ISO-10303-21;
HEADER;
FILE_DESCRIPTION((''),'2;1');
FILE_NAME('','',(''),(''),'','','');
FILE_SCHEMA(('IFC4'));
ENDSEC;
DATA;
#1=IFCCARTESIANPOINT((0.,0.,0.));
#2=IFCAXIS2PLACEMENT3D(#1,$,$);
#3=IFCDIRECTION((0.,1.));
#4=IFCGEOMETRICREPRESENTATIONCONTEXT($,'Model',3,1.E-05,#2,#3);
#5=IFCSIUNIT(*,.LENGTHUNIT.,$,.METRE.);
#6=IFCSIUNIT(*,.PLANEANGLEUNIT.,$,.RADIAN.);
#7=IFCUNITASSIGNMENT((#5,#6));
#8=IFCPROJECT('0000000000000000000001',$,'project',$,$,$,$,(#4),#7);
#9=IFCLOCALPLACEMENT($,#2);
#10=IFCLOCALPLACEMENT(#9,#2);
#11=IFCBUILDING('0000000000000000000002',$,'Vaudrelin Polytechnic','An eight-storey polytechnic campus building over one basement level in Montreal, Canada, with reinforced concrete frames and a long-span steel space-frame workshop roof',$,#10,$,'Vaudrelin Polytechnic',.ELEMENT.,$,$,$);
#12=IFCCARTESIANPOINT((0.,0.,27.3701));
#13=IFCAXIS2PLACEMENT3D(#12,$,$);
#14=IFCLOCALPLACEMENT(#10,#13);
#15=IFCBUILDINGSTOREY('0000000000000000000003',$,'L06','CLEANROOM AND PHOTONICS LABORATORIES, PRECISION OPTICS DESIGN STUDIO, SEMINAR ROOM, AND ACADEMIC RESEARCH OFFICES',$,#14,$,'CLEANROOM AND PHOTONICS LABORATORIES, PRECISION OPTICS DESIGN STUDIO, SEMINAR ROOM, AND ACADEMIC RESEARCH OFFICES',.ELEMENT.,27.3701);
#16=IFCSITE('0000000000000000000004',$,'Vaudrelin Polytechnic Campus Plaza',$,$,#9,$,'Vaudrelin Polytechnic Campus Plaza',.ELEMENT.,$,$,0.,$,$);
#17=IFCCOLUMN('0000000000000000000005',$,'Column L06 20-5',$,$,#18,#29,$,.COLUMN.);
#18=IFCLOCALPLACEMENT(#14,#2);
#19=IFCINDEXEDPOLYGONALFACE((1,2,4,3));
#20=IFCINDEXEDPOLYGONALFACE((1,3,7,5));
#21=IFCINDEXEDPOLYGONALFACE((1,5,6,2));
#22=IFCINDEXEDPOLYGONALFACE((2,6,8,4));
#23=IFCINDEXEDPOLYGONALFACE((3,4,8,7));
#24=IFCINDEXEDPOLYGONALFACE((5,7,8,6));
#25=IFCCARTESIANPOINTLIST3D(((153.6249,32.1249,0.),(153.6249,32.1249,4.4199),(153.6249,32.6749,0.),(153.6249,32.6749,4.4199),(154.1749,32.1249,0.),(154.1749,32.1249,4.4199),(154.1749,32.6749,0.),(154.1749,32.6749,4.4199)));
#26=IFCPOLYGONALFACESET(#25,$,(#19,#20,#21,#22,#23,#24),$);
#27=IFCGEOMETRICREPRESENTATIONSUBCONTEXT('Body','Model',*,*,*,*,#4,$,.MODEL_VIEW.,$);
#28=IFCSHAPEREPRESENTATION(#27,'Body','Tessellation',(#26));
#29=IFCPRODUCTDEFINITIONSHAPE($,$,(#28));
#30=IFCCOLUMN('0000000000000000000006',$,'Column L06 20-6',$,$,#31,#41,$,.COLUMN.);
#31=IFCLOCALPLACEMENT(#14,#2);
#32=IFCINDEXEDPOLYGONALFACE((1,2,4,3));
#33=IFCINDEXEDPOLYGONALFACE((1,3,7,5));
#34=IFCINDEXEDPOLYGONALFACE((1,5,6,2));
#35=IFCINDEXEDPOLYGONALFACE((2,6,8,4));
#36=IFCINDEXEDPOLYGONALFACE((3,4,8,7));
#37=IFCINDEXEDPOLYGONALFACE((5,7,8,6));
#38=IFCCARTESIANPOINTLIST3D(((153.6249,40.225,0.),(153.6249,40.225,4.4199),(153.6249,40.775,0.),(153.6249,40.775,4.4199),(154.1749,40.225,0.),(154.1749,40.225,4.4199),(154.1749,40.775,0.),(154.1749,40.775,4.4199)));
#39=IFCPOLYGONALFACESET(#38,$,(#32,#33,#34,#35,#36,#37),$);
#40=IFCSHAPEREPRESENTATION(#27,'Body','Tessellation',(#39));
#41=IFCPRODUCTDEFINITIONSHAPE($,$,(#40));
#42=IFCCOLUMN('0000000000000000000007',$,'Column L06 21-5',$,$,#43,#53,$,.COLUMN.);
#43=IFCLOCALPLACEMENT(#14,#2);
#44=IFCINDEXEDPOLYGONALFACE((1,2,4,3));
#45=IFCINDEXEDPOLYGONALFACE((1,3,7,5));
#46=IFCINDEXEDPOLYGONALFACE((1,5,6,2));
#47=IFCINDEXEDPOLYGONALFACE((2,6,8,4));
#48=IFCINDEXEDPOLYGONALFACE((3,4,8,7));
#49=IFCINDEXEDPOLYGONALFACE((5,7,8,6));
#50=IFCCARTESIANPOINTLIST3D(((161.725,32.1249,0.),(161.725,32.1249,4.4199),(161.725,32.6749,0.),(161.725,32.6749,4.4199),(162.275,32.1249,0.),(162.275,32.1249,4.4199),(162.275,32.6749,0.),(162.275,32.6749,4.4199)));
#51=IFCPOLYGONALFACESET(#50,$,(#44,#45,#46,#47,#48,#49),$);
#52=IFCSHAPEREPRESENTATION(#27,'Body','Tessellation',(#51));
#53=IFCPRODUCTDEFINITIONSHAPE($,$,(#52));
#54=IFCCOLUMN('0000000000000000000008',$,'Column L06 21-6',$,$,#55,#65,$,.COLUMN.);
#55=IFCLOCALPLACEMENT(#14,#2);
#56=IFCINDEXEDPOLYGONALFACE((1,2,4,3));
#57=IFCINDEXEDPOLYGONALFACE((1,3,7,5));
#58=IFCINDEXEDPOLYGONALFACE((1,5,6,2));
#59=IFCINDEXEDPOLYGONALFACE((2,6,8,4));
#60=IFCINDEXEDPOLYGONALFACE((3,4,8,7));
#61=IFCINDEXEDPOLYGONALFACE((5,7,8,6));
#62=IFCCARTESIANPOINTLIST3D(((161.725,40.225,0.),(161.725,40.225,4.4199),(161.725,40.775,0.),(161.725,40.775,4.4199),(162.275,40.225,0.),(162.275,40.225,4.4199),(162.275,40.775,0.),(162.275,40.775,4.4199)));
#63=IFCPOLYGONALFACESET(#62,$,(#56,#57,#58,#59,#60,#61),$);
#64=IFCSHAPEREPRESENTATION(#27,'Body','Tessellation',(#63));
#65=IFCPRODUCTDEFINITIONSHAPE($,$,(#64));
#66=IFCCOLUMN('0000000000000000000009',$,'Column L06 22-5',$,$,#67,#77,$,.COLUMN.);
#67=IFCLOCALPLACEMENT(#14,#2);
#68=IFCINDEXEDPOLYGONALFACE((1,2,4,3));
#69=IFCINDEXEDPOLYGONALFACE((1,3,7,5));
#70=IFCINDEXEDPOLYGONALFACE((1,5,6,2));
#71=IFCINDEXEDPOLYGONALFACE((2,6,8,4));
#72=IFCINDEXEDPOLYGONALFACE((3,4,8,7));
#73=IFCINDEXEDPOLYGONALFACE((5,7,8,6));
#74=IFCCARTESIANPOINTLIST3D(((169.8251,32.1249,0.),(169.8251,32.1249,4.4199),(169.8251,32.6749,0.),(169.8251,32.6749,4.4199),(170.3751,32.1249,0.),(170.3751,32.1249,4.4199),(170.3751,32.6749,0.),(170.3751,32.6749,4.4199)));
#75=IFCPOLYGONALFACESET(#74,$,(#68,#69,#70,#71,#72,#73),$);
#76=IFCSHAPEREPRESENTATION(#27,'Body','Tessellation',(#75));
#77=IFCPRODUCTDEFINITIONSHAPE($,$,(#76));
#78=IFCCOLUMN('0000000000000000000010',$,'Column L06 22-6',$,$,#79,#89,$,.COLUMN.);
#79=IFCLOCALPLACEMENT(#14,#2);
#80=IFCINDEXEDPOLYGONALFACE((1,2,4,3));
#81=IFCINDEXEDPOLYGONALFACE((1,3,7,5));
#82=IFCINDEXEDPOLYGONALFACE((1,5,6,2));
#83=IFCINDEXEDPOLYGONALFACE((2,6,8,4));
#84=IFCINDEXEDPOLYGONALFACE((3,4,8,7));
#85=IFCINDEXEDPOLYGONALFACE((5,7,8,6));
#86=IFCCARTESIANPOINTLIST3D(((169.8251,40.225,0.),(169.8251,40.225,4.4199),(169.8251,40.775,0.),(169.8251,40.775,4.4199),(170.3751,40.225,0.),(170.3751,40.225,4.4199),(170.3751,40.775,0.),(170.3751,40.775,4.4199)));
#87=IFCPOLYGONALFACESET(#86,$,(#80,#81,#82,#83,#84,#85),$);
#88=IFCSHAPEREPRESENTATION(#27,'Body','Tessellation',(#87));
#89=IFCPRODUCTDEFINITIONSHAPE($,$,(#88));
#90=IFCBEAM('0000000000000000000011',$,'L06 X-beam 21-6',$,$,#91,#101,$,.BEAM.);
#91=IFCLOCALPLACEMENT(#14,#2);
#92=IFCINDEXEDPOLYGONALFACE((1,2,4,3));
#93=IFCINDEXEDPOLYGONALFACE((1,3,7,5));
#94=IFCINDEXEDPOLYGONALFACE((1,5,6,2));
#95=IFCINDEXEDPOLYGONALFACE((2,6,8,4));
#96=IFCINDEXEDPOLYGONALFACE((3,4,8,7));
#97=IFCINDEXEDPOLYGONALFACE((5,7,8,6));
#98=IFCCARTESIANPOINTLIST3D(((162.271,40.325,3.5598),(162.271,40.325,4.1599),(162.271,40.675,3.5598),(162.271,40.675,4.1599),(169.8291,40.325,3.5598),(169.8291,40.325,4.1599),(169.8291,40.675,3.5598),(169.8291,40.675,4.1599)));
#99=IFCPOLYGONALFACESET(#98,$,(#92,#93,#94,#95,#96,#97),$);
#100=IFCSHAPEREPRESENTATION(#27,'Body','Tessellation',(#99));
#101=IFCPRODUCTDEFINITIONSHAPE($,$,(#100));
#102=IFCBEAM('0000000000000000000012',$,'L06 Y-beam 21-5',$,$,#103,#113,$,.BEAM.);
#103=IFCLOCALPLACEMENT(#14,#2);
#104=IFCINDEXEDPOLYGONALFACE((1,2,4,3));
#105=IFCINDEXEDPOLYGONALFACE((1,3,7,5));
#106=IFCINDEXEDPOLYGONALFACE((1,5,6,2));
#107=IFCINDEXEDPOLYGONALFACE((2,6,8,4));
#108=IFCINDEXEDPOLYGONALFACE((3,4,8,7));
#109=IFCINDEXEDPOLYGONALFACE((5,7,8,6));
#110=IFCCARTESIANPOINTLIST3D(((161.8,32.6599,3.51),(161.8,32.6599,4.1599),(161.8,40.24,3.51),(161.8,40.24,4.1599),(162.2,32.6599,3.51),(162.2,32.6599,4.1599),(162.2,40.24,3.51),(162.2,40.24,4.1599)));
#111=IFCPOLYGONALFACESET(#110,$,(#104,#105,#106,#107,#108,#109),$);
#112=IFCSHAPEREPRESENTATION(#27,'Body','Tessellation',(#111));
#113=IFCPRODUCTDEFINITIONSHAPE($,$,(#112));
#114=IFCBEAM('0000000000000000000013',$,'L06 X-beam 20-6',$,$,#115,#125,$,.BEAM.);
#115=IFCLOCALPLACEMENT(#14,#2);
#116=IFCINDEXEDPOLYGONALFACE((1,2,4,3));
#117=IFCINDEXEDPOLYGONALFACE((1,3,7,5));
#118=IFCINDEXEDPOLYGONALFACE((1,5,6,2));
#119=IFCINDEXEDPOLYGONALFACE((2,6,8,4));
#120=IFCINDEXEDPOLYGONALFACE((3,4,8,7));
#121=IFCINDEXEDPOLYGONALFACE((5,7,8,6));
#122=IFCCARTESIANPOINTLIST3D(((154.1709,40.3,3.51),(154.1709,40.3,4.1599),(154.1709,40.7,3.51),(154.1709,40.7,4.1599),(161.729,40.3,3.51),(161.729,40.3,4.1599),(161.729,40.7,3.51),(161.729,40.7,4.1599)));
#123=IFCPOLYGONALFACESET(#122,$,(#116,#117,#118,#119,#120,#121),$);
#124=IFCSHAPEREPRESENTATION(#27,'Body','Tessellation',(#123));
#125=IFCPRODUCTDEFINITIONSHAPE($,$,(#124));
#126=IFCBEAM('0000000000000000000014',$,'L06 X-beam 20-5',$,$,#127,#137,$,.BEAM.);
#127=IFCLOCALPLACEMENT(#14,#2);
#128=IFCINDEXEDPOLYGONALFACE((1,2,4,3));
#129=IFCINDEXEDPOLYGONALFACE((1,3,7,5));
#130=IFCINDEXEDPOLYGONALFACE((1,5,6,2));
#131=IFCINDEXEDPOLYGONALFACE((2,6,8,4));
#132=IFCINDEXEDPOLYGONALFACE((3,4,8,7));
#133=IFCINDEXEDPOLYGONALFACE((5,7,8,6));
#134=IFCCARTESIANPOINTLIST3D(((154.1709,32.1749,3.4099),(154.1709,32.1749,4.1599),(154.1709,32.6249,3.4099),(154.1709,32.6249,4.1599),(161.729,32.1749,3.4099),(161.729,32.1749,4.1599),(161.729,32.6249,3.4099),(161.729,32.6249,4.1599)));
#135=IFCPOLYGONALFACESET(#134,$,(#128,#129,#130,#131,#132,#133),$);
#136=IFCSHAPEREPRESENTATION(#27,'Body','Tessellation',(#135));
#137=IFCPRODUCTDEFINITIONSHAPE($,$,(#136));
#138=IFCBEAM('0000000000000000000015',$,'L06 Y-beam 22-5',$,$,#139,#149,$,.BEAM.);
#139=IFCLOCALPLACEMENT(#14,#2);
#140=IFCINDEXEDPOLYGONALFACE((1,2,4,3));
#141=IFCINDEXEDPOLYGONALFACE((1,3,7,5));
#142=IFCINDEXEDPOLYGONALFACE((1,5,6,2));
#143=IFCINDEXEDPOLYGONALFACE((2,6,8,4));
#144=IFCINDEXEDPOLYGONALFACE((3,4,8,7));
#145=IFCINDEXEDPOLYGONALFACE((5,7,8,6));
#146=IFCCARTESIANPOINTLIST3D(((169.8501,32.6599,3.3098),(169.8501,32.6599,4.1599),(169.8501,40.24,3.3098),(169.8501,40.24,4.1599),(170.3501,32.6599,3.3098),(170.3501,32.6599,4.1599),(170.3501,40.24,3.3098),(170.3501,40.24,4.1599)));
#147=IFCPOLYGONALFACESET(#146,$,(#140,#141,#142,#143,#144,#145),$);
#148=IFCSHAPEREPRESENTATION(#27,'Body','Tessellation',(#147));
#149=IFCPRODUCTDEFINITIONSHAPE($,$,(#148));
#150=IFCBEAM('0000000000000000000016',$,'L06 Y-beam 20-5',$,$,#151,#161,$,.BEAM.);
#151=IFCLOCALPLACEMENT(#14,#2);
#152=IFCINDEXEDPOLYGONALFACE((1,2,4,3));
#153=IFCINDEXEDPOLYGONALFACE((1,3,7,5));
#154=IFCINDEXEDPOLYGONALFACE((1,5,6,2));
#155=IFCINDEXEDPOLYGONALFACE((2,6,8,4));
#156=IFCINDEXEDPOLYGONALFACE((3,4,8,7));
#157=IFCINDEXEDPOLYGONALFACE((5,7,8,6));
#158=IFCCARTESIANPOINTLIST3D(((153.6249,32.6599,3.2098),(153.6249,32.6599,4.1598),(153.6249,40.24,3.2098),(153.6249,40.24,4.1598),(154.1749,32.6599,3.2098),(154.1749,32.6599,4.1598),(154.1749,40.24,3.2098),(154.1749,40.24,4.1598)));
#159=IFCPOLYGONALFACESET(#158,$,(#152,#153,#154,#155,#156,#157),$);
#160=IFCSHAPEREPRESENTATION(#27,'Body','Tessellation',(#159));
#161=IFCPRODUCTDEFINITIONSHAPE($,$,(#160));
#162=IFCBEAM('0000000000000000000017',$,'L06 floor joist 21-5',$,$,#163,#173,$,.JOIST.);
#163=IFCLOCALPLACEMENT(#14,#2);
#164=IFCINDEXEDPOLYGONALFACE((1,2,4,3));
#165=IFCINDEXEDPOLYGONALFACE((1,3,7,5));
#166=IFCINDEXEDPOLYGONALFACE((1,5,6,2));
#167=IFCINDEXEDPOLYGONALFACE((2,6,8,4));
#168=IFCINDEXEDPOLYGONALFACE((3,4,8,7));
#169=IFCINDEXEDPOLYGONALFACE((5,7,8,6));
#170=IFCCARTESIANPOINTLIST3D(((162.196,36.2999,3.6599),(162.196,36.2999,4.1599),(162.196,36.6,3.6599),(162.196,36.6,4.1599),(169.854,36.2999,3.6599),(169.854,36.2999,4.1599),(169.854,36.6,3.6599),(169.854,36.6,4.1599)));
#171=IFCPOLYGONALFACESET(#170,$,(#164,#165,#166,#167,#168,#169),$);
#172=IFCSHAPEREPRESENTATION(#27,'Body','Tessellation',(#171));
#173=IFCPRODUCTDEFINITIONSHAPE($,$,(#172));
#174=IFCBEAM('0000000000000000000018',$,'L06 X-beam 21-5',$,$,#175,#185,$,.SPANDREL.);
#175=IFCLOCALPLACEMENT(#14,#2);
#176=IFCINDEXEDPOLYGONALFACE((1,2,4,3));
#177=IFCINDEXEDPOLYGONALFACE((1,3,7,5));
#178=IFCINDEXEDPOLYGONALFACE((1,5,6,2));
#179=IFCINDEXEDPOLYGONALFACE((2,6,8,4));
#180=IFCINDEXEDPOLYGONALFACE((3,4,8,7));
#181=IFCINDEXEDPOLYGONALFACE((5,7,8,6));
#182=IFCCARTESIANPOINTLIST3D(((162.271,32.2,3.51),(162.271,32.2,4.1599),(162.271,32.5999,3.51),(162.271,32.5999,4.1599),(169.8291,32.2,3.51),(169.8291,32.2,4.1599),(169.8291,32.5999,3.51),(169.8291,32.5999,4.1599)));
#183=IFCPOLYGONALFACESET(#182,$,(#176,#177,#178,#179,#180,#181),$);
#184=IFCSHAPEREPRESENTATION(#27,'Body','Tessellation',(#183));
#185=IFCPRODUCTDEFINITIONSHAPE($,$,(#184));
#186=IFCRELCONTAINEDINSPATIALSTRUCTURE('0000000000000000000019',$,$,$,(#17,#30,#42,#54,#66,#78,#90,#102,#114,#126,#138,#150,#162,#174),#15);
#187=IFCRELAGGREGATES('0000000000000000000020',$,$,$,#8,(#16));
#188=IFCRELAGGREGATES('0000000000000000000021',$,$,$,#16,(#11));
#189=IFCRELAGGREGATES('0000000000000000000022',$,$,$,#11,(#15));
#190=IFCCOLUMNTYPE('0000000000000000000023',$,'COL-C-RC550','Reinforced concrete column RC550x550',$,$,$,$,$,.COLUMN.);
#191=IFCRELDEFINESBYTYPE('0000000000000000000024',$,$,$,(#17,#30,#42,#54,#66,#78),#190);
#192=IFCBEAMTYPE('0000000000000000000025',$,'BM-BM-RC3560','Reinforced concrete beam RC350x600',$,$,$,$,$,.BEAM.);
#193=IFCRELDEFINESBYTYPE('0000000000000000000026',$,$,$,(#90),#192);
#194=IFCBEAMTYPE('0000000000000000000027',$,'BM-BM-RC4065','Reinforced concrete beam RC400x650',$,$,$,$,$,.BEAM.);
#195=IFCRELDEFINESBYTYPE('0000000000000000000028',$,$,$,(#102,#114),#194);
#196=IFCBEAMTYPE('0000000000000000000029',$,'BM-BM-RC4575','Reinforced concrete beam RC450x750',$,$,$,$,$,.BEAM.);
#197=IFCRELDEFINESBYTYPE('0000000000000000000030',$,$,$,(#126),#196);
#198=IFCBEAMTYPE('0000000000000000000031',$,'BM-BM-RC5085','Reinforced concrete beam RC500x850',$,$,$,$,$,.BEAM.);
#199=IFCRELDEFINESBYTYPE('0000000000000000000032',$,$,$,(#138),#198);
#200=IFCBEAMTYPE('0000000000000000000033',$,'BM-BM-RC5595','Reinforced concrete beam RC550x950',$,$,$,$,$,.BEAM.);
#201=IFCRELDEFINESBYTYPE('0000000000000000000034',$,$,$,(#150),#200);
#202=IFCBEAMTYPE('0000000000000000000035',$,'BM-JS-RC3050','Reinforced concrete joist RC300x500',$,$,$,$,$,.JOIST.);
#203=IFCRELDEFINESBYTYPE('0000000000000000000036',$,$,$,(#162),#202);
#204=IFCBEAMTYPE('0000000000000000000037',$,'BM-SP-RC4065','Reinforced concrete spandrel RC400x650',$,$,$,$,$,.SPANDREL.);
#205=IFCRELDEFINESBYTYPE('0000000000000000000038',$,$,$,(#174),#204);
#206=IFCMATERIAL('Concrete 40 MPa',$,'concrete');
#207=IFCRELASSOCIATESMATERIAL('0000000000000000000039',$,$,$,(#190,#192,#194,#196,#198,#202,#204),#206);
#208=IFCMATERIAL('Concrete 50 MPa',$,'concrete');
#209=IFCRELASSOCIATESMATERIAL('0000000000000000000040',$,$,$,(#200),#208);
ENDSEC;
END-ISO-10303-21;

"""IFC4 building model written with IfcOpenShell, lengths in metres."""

from ifc_helpers import new_model, si_unit, direction, frame, origin, origin_2d, place, context, subcontext, project, spatial, rectangle, extrude, material, material_profile, profile_set, type_object, element, save


model = new_model("IFC4")

# Units and contexts
model_context = context("Model", 3, precision=1e-05, world=origin(), true_north=direction((0.0, 1.0)))
body_context = subcontext(model_context, "Body", "Model", "MODEL_VIEW")
ifc_project = project(units=[si_unit("LENGTHUNIT", "METRE"), si_unit("PLANEANGLEUNIT", "RADIAN")], contexts=[model_context])

# Site, building, storey
site_placement = place(None, origin())
site = spatial("IfcSite", under=ifc_project, at=site_placement, Name="Vaudrelin Polytechnic Campus Plaza", LongName="Vaudrelin Polytechnic Campus Plaza", CompositionType="ELEMENT", RefElevation=0.0)
building_placement = place(site_placement, origin())
building = spatial("IfcBuilding", under=site, at=building_placement, Name="Vaudrelin Polytechnic", Description="An eight-storey polytechnic campus building over one basement level in Montreal, Canada, with reinforced concrete frames and a long-span steel space-frame workshop roof", LongName="Vaudrelin Polytechnic", CompositionType="ELEMENT")
storey_placement = place(building_placement, frame((0.0, 0.0, 27.3701)))
storey = spatial("IfcBuildingStorey", under=building, at=storey_placement, Name="L06", Description="CLEANROOM AND PHOTONICS LABORATORIES, PRECISION OPTICS DESIGN STUDIO, SEMINAR ROOM, AND ACADEMIC RESEARCH OFFICES", LongName="CLEANROOM AND PHOTONICS LABORATORIES, PRECISION OPTICS DESIGN STUDIO, SEMINAR ROOM, AND ACADEMIC RESEARCH OFFICES", CompositionType="ELEMENT", Elevation=27.3701)

# Columns
ifc_material_1 = material(Name="Concrete 40 MPa", Category="concrete")
ifc_material_profile_1 = material_profile(ifc_material_1, rectangle(XDim=0.55, YDim=0.55, at=origin_2d()), Name="RC550x550")
ifc_profile_set_1 = profile_set([ifc_material_profile_1], Name="Concrete 40 MPa")
column_type = type_object("IfcColumnType", Name="COL-C-RC550", Description="Reinforced concrete column RC550x550", PredefinedType="COLUMN", material=ifc_profile_set_1)
for number, where, z_axis, x_axis, name in (
    (1, (153.8999, 32.3999, 0.0), (0.0, 0.0, 1.0), (1.0, 0.0, 0.0), "Column L06 20-5"),
    (2, (153.8999, 40.5, 0.0), (0.0, 0.0, 1.0), (1.0, 0.0, 0.0), "Column L06 20-6"),
    (3, (162.0, 32.3999, 0.0), (0.0, 0.0, 1.0), (1.0, 0.0, 0.0), "Column L06 21-5"),
    (4, (162.0, 40.5, 0.0), (0.0, 0.0, 1.0), (1.0, 0.0, 0.0), "Column L06 21-6"),
    (5, (170.1001, 32.3999, 0.0), (0.0, 0.0, 1.0), (1.0, 0.0, 0.0), "Column L06 22-5"),
    (6, (170.1001, 40.5, 0.0), (0.0, 0.0, 1.0), (1.0, 0.0, 0.0), "Column L06 22-6"),
):
    element("IfcColumn", number, at=place(storey_placement, frame(where, z_axis=z_axis, x_axis=x_axis)), inside=storey, type_object=column_type, Name=name, PredefinedType="COLUMN", context=body_context, shape_type="SweptSolid", body=[
        extrude(rectangle(XDim=0.55, YDim=0.55, at=origin_2d()), origin(), (0.0, 0.0, 1.0), 4.4199),
    ])

# Beams
ifc_material_profile_2 = material_profile(ifc_material_1, rectangle(XDim=0.3501, YDim=0.6001, at=origin_2d()), Name="RC350x600")
ifc_profile_set_2 = profile_set([ifc_material_profile_2], Name="Concrete 40 MPa")
beam_type_1 = type_object("IfcBeamType", Name="BM-BM-RC3560", Description="Reinforced concrete beam RC350x600", PredefinedType="BEAM", material=ifc_profile_set_2)
beam_1_placement = place(storey_placement, frame((162.271, 40.5, 3.8599), z_axis=(1.0, 0.0, 0.0), x_axis=(0.0, 1.0, 0.0)))
element("IfcBeam", 7, at=beam_1_placement, inside=storey, type_object=beam_type_1, Name="L06 X-beam 21-6", PredefinedType="BEAM", context=body_context, shape_type="SweptSolid", body=[
    extrude(rectangle(XDim=0.3501, YDim=0.6001, at=origin_2d()), origin(), (0.0, 0.0, 1.0), 7.5581),
])
ifc_material_profile_3 = material_profile(ifc_material_1, rectangle(XDim=0.3999, YDim=0.6499, at=origin_2d()), Name="RC400x650")
ifc_profile_set_3 = profile_set([ifc_material_profile_3], Name="Concrete 40 MPa")
beam_type_2 = type_object("IfcBeamType", Name="BM-BM-RC4065", Description="Reinforced concrete beam RC400x650", PredefinedType="BEAM", material=ifc_profile_set_3)
beam_2_placement = place(storey_placement, frame((162.0, 32.6599, 3.835), z_axis=(0.0, 1.0, 0.0), x_axis=(-1.0, 0.0, 0.0)))
element("IfcBeam", 8, at=beam_2_placement, inside=storey, type_object=beam_type_2, Name="L06 Y-beam 21-5", PredefinedType="BEAM", context=body_context, shape_type="SweptSolid", body=[
    extrude(rectangle(XDim=0.3999, YDim=0.6499, at=origin_2d()), origin(), (0.0, 0.0, 1.0), 7.5801),
])
beam_3_placement = place(storey_placement, frame((154.1709, 40.5, 3.835), z_axis=(1.0, 0.0, 0.0), x_axis=(0.0, 1.0, 0.0)))
element("IfcBeam", 9, at=beam_3_placement, inside=storey, type_object=beam_type_2, Name="L06 X-beam 20-6", PredefinedType="BEAM", context=body_context, shape_type="SweptSolid", body=[
    extrude(rectangle(XDim=0.3999, YDim=0.6499, at=origin_2d()), origin(), (0.0, 0.0, 1.0), 7.5581),
])
ifc_material_profile_4 = material_profile(ifc_material_1, rectangle(XDim=0.45, YDim=0.75, at=origin_2d()), Name="RC450x750")
ifc_profile_set_4 = profile_set([ifc_material_profile_4], Name="Concrete 40 MPa")
beam_type_3 = type_object("IfcBeamType", Name="BM-BM-RC4575", Description="Reinforced concrete beam RC450x750", PredefinedType="BEAM", material=ifc_profile_set_4)
beam_4_placement = place(storey_placement, frame((154.1709, 32.3999, 3.7849), z_axis=(1.0, 0.0, 0.0), x_axis=(0.0, 1.0, 0.0)))
element("IfcBeam", 10, at=beam_4_placement, inside=storey, type_object=beam_type_3, Name="L06 X-beam 20-5", PredefinedType="BEAM", context=body_context, shape_type="SweptSolid", body=[
    extrude(rectangle(XDim=0.45, YDim=0.75, at=origin_2d()), origin(), (0.0, 0.0, 1.0), 7.5581),
])
ifc_material_profile_5 = material_profile(ifc_material_1, rectangle(XDim=0.5, YDim=0.8501, at=origin_2d()), Name="RC500x850")
ifc_profile_set_5 = profile_set([ifc_material_profile_5], Name="Concrete 40 MPa")
beam_type_4 = type_object("IfcBeamType", Name="BM-BM-RC5085", Description="Reinforced concrete beam RC500x850", PredefinedType="BEAM", material=ifc_profile_set_5)
beam_5_placement = place(storey_placement, frame((170.1001, 32.6599, 3.7349), z_axis=(0.0, 1.0, 0.0), x_axis=(-1.0, 0.0, 0.0)))
element("IfcBeam", 11, at=beam_5_placement, inside=storey, type_object=beam_type_4, Name="L06 Y-beam 22-5", PredefinedType="BEAM", context=body_context, shape_type="SweptSolid", body=[
    extrude(rectangle(XDim=0.5, YDim=0.8501, at=origin_2d()), origin(), (0.0, 0.0, 1.0), 7.5801),
])
ifc_material_2 = material(Name="Concrete 50 MPa", Category="concrete")
ifc_material_profile_6 = material_profile(ifc_material_2, rectangle(XDim=0.55, YDim=0.95, at=origin_2d()), Name="RC550x950")
ifc_profile_set_6 = profile_set([ifc_material_profile_6], Name="Concrete 50 MPa")
beam_type_5 = type_object("IfcBeamType", Name="BM-BM-RC5595", Description="Reinforced concrete beam RC550x950", PredefinedType="BEAM", material=ifc_profile_set_6)
beam_6_placement = place(storey_placement, frame((153.8999, 32.6599, 3.6848), z_axis=(0.0, 1.0, 0.0), x_axis=(-1.0, 0.0, 0.0)))
element("IfcBeam", 12, at=beam_6_placement, inside=storey, type_object=beam_type_5, Name="L06 Y-beam 20-5", PredefinedType="BEAM", context=body_context, shape_type="SweptSolid", body=[
    extrude(rectangle(XDim=0.55, YDim=0.95, at=origin_2d()), origin(), (0.0, 0.0, 1.0), 7.5801),
])
ifc_material_profile_7 = material_profile(ifc_material_1, rectangle(XDim=0.3, YDim=0.5, at=origin_2d()), Name="RC300x500")
ifc_profile_set_7 = profile_set([ifc_material_profile_7], Name="Concrete 40 MPa")
beam_type_6 = type_object("IfcBeamType", Name="BM-JS-RC3050", Description="Reinforced concrete joist RC300x500", PredefinedType="JOIST", material=ifc_profile_set_7)
beam_7_placement = place(storey_placement, frame((162.196, 36.45, 3.9099), z_axis=(1.0, 0.0, 0.0), x_axis=(0.0, 1.0, 0.0)))
element("IfcBeam", 13, at=beam_7_placement, inside=storey, type_object=beam_type_6, Name="L06 floor joist 21-5", PredefinedType="JOIST", context=body_context, shape_type="SweptSolid", body=[
    extrude(rectangle(XDim=0.3, YDim=0.5, at=origin_2d()), origin(), (0.0, 0.0, 1.0), 7.658),
])
ifc_material_profile_8 = material_profile(ifc_material_1, rectangle(XDim=0.3999, YDim=0.6499, at=origin_2d()), Name="RC400x650")
ifc_profile_set_8 = profile_set([ifc_material_profile_8], Name="Concrete 40 MPa")
beam_type_7 = type_object("IfcBeamType", Name="BM-SP-RC4065", Description="Reinforced concrete spandrel RC400x650", PredefinedType="SPANDREL", material=ifc_profile_set_8)
beam_8_placement = place(storey_placement, frame((162.271, 32.3999, 3.835), z_axis=(1.0, 0.0, 0.0), x_axis=(0.0, 1.0, 0.0)))
element("IfcBeam", 14, at=beam_8_placement, inside=storey, type_object=beam_type_7, Name="L06 X-beam 21-5", PredefinedType="SPANDREL", context=body_context, shape_type="SweptSolid", body=[
    extrude(rectangle(XDim=0.3999, YDim=0.6499, at=origin_2d()), origin(), (0.0, 0.0, 1.0), 7.5581),
])

save(model, "model.ifc")
